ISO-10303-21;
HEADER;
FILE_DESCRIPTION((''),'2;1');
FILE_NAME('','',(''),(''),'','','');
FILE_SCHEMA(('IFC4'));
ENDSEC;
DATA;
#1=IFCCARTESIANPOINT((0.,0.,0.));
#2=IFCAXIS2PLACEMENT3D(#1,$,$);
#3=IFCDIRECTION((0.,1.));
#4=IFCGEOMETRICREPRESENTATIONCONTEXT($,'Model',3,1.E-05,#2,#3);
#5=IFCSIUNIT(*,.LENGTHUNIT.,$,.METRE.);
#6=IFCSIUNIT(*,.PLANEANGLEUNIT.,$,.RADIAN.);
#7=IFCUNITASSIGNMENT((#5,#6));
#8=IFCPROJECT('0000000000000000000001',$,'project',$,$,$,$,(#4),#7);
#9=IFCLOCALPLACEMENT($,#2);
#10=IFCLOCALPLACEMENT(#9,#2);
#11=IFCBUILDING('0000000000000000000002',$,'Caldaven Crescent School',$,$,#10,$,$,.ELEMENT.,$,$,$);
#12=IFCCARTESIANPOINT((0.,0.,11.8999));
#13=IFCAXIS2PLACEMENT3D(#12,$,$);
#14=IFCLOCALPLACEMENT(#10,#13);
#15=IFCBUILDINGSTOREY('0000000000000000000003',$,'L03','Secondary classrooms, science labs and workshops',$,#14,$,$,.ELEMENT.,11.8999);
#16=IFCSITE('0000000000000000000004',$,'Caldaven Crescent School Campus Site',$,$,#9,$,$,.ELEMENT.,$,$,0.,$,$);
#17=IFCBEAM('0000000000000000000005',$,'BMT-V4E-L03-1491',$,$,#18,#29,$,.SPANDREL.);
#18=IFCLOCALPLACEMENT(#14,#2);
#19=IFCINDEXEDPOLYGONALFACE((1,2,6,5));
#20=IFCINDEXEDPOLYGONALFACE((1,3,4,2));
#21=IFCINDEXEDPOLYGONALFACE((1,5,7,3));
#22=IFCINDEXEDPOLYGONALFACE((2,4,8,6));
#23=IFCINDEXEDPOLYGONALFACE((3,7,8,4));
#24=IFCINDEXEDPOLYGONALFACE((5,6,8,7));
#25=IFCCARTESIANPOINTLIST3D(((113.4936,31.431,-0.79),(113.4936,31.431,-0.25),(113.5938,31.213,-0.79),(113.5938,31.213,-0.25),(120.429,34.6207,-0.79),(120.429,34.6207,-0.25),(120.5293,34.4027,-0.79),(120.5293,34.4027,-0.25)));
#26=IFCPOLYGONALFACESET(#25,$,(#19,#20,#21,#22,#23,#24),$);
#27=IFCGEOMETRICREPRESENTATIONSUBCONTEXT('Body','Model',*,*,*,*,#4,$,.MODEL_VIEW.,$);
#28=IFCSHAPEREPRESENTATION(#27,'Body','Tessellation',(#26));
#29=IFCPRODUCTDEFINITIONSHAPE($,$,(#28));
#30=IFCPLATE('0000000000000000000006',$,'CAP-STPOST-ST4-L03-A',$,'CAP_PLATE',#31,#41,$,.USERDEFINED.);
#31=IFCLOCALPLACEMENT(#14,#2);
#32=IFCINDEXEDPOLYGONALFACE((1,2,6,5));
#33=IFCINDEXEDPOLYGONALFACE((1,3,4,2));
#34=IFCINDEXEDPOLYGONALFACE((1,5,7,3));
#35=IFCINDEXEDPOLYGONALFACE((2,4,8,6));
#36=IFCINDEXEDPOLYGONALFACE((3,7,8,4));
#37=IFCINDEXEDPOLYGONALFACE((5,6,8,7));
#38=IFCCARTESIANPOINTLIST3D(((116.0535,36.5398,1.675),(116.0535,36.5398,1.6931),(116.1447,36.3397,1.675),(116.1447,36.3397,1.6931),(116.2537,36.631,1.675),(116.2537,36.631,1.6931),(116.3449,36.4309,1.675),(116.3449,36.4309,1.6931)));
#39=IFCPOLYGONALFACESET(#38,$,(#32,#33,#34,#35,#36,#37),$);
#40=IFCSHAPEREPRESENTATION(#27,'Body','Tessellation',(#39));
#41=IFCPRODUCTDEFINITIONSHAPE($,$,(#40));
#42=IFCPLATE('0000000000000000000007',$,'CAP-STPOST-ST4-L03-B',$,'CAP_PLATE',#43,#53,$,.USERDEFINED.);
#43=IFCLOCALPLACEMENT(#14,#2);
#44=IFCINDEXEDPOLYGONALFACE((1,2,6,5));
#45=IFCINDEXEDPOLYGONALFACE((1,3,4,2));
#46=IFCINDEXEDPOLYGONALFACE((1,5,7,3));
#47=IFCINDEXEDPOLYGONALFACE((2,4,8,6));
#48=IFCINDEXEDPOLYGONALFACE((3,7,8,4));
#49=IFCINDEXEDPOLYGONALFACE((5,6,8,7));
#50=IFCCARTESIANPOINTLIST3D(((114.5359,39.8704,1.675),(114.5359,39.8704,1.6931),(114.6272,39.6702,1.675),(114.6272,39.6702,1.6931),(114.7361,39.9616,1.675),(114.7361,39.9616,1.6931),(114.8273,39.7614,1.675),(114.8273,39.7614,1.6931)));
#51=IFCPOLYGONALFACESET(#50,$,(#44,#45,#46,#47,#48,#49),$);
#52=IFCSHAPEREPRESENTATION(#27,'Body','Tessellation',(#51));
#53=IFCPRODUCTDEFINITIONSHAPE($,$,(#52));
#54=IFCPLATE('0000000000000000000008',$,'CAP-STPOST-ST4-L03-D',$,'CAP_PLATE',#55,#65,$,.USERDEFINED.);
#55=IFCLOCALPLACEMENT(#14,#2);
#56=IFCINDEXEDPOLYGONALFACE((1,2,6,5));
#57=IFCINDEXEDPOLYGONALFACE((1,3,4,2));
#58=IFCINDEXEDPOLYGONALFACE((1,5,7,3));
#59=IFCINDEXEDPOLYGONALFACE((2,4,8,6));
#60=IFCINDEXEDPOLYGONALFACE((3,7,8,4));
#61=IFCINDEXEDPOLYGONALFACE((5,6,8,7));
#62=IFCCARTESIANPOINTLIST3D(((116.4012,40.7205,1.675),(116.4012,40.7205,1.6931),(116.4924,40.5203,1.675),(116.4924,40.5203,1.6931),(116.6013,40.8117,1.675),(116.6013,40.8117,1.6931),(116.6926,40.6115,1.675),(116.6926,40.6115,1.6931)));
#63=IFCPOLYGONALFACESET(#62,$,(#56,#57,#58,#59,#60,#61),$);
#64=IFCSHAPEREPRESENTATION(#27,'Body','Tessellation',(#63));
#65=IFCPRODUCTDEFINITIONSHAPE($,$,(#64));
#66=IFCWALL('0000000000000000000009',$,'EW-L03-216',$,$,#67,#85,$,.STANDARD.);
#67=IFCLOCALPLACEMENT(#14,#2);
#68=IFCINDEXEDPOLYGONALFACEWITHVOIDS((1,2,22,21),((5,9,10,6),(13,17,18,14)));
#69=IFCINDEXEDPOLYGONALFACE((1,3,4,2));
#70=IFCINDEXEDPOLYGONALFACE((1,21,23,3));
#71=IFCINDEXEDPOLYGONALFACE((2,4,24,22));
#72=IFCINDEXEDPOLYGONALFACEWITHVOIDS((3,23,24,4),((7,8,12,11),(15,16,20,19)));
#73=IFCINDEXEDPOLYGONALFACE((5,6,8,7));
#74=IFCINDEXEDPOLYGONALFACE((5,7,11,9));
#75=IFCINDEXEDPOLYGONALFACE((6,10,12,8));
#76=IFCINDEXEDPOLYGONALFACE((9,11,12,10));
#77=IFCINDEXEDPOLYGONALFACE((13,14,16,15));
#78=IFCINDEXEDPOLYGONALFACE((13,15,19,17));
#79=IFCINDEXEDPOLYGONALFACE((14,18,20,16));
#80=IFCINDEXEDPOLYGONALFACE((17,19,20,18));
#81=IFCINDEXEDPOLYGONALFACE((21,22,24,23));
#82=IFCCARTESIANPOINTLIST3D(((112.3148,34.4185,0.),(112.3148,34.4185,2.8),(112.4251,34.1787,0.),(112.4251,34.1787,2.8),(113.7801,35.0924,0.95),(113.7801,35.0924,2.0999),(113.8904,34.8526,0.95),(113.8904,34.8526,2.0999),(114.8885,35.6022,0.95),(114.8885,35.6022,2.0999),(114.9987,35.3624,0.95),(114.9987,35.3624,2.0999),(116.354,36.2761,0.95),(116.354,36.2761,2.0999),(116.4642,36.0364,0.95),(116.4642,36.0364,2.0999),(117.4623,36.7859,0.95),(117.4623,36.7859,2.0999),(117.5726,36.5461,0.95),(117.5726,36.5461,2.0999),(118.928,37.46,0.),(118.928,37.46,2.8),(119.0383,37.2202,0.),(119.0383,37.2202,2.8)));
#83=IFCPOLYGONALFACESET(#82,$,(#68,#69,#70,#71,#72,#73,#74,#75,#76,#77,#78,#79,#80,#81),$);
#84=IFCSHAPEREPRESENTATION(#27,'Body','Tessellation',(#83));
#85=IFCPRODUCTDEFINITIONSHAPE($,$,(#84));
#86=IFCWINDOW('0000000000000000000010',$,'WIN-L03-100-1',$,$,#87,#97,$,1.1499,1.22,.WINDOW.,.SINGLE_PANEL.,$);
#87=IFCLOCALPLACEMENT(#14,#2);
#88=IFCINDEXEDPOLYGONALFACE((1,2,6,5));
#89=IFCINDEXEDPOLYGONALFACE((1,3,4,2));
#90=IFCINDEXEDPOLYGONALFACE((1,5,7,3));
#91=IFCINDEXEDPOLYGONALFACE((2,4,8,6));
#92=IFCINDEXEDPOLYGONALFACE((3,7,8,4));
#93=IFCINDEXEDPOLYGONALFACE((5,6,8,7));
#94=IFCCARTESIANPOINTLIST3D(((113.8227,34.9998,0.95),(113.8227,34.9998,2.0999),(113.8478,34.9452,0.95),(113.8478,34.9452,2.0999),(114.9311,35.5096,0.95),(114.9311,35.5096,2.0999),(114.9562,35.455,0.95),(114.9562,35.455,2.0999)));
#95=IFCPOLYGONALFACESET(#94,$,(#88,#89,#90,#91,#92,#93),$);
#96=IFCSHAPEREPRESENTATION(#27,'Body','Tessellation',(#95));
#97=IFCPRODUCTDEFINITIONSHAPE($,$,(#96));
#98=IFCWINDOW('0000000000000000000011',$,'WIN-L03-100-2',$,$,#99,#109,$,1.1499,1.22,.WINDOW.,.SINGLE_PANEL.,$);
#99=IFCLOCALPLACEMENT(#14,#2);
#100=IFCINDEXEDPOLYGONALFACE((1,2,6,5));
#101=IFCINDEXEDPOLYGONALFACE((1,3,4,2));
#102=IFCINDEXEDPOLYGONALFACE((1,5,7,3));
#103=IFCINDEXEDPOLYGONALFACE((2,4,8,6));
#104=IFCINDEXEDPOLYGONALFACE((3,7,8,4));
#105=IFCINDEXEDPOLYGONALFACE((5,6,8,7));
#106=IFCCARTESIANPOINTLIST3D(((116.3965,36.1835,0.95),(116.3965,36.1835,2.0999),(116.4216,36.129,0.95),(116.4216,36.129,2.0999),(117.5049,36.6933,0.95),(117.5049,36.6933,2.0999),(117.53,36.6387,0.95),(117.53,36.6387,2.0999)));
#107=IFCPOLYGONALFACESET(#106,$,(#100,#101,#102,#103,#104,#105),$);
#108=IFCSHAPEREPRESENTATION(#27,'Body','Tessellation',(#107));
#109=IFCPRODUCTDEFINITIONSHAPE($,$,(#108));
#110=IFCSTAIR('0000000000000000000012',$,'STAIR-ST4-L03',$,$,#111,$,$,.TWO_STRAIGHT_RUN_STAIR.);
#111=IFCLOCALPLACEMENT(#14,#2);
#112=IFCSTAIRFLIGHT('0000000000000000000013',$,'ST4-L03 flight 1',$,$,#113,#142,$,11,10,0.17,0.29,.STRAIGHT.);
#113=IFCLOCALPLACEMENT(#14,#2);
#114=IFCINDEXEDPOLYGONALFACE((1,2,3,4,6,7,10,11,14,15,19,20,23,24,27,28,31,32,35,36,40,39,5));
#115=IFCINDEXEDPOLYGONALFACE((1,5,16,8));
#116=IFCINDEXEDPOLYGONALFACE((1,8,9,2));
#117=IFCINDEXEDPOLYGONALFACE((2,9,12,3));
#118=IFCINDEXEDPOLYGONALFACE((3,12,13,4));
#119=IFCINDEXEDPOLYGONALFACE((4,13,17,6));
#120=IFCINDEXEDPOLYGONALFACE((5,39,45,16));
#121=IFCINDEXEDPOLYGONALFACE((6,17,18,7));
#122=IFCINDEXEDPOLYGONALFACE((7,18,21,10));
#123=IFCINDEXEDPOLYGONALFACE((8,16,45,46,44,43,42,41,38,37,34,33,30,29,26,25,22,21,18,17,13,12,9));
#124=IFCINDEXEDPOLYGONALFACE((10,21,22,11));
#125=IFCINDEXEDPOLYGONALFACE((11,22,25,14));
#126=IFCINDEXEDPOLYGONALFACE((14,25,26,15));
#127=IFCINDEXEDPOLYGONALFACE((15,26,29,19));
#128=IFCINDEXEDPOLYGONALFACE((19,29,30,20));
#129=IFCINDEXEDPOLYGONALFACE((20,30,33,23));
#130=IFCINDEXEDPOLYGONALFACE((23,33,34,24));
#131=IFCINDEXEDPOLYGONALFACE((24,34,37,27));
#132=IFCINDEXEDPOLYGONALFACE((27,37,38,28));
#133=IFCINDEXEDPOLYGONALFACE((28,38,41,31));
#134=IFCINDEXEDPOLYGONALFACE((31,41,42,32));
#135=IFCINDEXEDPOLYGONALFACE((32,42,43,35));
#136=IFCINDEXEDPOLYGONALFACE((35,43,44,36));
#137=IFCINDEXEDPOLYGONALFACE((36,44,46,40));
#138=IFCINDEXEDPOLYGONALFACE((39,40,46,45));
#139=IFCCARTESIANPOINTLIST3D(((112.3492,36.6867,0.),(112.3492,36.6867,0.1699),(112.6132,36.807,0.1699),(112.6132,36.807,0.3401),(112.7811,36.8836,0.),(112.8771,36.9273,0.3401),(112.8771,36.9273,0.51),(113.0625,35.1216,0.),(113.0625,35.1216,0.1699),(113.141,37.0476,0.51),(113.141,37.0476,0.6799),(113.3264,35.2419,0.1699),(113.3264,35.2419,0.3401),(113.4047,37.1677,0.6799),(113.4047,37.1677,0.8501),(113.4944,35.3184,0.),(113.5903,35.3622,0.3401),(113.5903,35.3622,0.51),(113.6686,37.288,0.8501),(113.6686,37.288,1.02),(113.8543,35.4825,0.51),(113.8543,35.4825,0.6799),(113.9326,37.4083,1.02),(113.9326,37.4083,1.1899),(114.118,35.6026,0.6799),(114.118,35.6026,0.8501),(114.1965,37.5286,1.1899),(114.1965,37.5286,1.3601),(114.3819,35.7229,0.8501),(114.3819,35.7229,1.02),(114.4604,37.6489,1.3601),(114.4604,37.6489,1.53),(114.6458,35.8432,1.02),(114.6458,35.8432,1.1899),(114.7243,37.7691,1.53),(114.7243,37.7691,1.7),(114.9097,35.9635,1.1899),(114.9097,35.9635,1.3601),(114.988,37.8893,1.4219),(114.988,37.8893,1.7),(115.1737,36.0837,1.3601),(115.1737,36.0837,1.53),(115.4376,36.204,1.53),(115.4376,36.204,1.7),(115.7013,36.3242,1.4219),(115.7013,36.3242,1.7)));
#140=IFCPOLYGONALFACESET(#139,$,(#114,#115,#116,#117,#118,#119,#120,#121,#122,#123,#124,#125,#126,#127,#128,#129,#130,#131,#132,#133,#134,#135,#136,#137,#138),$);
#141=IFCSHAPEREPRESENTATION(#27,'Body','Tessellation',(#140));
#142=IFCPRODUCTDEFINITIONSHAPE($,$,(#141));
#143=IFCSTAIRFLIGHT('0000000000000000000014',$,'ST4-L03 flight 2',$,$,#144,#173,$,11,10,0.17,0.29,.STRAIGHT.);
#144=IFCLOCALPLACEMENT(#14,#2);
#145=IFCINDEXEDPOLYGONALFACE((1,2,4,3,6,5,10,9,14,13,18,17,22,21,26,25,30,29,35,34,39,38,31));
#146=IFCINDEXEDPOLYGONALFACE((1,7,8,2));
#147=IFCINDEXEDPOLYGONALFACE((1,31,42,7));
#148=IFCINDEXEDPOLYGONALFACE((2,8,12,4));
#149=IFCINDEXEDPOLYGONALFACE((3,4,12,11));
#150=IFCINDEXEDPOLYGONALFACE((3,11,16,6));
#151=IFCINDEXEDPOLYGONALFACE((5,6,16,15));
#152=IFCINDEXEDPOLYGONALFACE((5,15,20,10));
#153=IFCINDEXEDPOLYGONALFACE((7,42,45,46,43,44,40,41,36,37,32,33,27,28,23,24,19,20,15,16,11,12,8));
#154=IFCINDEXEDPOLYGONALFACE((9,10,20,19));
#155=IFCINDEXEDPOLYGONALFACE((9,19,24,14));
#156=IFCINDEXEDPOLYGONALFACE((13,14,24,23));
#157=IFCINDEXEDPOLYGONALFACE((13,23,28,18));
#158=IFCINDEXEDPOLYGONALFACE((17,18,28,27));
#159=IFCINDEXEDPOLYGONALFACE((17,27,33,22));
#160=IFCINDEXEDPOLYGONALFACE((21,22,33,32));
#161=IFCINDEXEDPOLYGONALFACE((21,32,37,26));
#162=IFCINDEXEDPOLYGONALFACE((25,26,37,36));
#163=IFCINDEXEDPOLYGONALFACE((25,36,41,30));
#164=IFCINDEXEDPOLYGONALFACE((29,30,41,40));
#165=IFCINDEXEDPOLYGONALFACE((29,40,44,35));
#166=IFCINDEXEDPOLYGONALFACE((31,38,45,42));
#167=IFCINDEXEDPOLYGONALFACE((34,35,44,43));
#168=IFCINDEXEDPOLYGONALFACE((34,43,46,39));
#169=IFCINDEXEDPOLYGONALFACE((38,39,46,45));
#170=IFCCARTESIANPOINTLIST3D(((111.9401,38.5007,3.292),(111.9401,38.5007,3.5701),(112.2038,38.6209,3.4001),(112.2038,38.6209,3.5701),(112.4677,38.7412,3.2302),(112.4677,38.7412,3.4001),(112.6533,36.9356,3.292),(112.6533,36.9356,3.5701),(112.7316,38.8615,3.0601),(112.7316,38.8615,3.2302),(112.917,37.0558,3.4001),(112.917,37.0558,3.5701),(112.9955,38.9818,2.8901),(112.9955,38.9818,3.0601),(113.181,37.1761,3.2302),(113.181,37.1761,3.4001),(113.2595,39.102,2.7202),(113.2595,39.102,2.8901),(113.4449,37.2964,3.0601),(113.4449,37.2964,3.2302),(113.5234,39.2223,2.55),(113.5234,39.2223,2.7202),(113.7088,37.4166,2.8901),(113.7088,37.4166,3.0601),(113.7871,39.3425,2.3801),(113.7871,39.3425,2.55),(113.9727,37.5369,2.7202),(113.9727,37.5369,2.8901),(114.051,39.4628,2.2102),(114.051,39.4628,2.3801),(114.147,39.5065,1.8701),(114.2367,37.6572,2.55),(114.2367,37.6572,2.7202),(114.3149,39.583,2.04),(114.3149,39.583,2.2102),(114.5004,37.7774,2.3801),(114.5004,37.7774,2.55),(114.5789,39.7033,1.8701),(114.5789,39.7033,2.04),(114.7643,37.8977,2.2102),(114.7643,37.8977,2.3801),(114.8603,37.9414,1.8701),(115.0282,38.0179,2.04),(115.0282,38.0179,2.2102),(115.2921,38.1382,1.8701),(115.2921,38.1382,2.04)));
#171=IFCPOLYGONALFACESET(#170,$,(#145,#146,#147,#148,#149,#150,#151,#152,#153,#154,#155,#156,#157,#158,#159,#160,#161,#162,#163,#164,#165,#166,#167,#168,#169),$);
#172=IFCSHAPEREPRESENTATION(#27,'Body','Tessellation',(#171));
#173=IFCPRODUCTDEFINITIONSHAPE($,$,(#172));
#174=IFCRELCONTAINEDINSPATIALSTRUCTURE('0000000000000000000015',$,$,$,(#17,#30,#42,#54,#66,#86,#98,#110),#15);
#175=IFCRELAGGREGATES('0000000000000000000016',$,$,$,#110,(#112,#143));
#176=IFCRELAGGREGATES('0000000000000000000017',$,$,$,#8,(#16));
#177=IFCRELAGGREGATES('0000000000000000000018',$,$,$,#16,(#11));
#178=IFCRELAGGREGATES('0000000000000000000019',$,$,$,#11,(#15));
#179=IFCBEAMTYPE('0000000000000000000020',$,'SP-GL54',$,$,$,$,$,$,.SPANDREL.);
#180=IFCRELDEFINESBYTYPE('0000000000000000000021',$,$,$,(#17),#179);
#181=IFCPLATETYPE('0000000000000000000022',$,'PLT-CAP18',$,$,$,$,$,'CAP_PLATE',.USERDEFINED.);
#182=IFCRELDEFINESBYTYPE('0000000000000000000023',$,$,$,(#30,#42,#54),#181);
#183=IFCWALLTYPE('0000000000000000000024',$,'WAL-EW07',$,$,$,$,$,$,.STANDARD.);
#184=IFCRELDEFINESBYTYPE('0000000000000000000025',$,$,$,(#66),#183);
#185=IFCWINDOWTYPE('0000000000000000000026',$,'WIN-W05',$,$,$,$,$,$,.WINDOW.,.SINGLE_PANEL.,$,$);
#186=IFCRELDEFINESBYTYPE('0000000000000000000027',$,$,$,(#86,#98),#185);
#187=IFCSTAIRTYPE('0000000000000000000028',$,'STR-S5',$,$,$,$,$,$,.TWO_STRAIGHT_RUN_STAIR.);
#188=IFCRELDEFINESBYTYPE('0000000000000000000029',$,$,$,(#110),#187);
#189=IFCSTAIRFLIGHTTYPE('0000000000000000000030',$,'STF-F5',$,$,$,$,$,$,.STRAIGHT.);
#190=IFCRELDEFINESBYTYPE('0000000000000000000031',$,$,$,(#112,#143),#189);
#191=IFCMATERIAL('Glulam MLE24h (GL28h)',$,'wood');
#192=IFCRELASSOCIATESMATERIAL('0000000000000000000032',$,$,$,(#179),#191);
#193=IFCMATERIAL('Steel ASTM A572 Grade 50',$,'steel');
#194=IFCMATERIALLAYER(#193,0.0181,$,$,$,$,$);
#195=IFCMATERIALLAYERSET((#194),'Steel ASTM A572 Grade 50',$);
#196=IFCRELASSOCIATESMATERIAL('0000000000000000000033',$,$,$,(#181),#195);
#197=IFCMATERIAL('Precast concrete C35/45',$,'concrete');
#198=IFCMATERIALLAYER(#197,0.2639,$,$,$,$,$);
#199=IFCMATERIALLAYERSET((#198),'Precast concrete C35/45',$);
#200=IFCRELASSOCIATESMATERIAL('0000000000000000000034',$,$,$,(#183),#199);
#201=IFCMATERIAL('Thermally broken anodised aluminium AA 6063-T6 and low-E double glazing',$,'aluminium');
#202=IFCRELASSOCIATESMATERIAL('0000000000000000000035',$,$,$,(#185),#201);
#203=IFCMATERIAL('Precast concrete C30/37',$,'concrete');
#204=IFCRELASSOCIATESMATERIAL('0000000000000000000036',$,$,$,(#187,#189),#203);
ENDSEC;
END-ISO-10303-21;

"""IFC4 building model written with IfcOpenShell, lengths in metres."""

from ifc_helpers import new_model, si_unit, direction, frame, frame_2d, origin, origin_2d, place, context, subcontext, project, spatial, polyline, rectangle, outline, extrude, material, layer, layer_set, material_profile, profile_set, type_object, element, fill, aggregate, save


model = new_model("IFC4")

# Units and contexts
model_context = context("Model", 3, precision=1e-05, world=origin(), true_north=direction((0.0, 1.0)))
body_context = subcontext(model_context, "Body", "Model", "MODEL_VIEW")
ifc_project = project(units=[si_unit("LENGTHUNIT", "METRE"), si_unit("PLANEANGLEUNIT", "RADIAN")], contexts=[model_context])

# Site, building, storey
site_placement = place(None, origin())
site = spatial("IfcSite", under=ifc_project, at=site_placement, Name="Caldaven Crescent School Campus Site", CompositionType="ELEMENT", RefElevation=0.0)
building_placement = place(site_placement, origin())
building = spatial("IfcBuilding", under=site, at=building_placement, Name="Caldaven Crescent School", CompositionType="ELEMENT")
storey_placement = place(building_placement, frame((0.0, 0.0, 11.8999)))
storey = spatial("IfcBuildingStorey", under=building, at=storey_placement, Name="L03", Description="Secondary classrooms, science labs and workshops", CompositionType="ELEMENT", Elevation=11.8999)

# Shared definitions
ifc_material_1 = material(Name="Glulam MLE24h (GL28h)", Category="wood")
ifc_material_2 = material(Name="Steel ASTM A572 Grade 50", Category="steel")

# Beam
ifc_material_profile_1 = material_profile(ifc_material_1, rectangle(XDim=0.24, YDim=0.54, at=origin_2d()), Name="MLE 240x540")
ifc_profile_set_1 = profile_set([ifc_material_profile_1], Name="Glulam MLE24h (GL28h)")
beam_type_1 = type_object("IfcBeamType", Name="SP-GL54", PredefinedType="SPANDREL", material=ifc_profile_set_1)
beam_1_placement = place(storey_placement, frame((113.5437, 31.322, -0.52), z_axis=(0.908523, 0.417835, 0.0), x_axis=(-0.417835, 0.908523, 0.0)))
element("IfcBeam", 1, at=beam_1_placement, inside=storey, type_object=beam_type_1, Name="BMT-V4E-L03-1491", PredefinedType="SPANDREL", context=body_context, shape_type="SweptSolid", body=[
    extrude(rectangle(XDim=0.24, YDim=0.54, at=origin_2d()), origin(), (0.0, 0.0, 1.0), 7.6338),
])

# Plates
ifc_layer_1 = layer(ifc_material_2, 0.0181)
ifc_layer_set_1 = layer_set([ifc_layer_1], Name="Steel ASTM A572 Grade 50")
plate_type = type_object("IfcPlateType", Name="PLT-CAP18", ElementType="CAP_PLATE", PredefinedType="USERDEFINED", material=ifc_layer_set_1)
for number, where, z_axis, x_axis, name in (
    (2, (116.1992, 36.4854, 1.675), (0.0, 0.0, 1.0), (0.909961, 0.414693, 0.0), "CAP-STPOST-ST4-L03-A"),
    (3, (114.6816, 39.8159, 1.675), (0.0, 0.0, 1.0), (0.909961, 0.414693, 0.0), "CAP-STPOST-ST4-L03-B"),
    (4, (116.5469, 40.666, 1.675), (0.0, 0.0, 1.0), (0.909961, 0.414693, 0.0), "CAP-STPOST-ST4-L03-D"),
):
    element("IfcPlate", number, at=place(storey_placement, frame(where, z_axis=z_axis, x_axis=x_axis)), inside=storey, type_object=plate_type, Name=name, ObjectType="CAP_PLATE", PredefinedType="USERDEFINED", context=body_context, shape_type="SweptSolid", body=[
        extrude(rectangle(XDim=0.22, YDim=0.22, at=origin_2d()), origin(), (0.0, 0.0, 1.0), 0.0181),
    ])

# Wall, openings, windows
ifc_material_3 = material(Name="Precast concrete C35/45", Category="concrete")
ifc_layer_2 = layer(ifc_material_3, 0.2639)
ifc_layer_set_2 = layer_set([ifc_layer_2], Name="Precast concrete C35/45")
wall_type = type_object("IfcWallType", Name="WAL-EW07", PredefinedType="STANDARD", material=ifc_layer_set_2)
wall_placement = place(storey_placement, frame((112.3699, 34.2986, 0.0), z_axis=(0.0, 0.0, 1.0), x_axis=(0.908522, 0.417837, 0.0)))
wall = element("IfcWall", 5, at=wall_placement, inside=storey, type_object=wall_type, Name="EW-L03-216", PredefinedType="STANDARD", context=body_context, shape_type="SweptSolid", body=[
    extrude(rectangle(XDim=7.2791, YDim=0.2639, at=frame_2d((3.6396, 0.0))), origin(), (0.0, 0.0, 1.0), 2.8),
])
opening_1_placement = place(wall_placement, frame((1.613, 0.0, 0.95)))
opening_1 = element("IfcOpeningElement", 6, at=opening_1_placement, cuts=wall, PredefinedType="OPENING", context=body_context, shape_type="SweptSolid", body=[
    extrude(rectangle(XDim=1.22, YDim=1.1499, at=frame_2d((0.6099, 0.575))), frame((0.0, 0.1418, 0.0), z_axis=(0.0, -1.0, 0.0), x_axis=(1.0, 0.0, 0.0)), (0.0, 0.0, 1.0), 0.2839),
])
opening_2_placement = place(wall_placement, frame((4.446, 0.0, 0.95)))
opening_2 = element("IfcOpeningElement", 7, at=opening_2_placement, cuts=wall, PredefinedType="OPENING", context=body_context, shape_type="SweptSolid", body=[
    extrude(rectangle(XDim=1.22, YDim=1.1499, at=frame_2d((0.6099, 0.575))), frame((0.0, 0.1418, 0.0), z_axis=(0.0, -1.0, 0.0), x_axis=(1.0, 0.0, 0.0)), (0.0, 0.0, 1.0), 0.2839),
])
ifc_material_4 = material(Name="Thermally broken anodised aluminium AA 6063-T6 and low-E double glazing", Category="aluminium")
window_type = type_object("IfcWindowType", Name="WIN-W05", PartitioningType="SINGLE_PANEL", PredefinedType="WINDOW", material=ifc_material_4)
window_1_placement = place(opening_1_placement, origin())
window_1 = element("IfcWindow", 8, at=window_1_placement, inside=storey, type_object=window_type, Name="WIN-L03-100-1", OverallHeight=1.1499, OverallWidth=1.22, PartitioningType="SINGLE_PANEL", PredefinedType="WINDOW", context=body_context, shape_type="SweptSolid", body=[
    extrude(rectangle(XDim=1.22, YDim=1.1499, at=frame_2d((0.6099, 0.575))), frame((0.0, 0.03, 0.0), z_axis=(0.0, -1.0, 0.0), x_axis=(1.0, 0.0, 0.0)), (0.0, 0.0, 1.0), 0.0601),
])
fill(opening_1, window_1)
window_2_placement = place(opening_2_placement, origin())
window_2 = element("IfcWindow", 9, at=window_2_placement, inside=storey, type_object=window_type, Name="WIN-L03-100-2", OverallHeight=1.1499, OverallWidth=1.22, PartitioningType="SINGLE_PANEL", PredefinedType="WINDOW", context=body_context, shape_type="SweptSolid", body=[
    extrude(rectangle(XDim=1.22, YDim=1.1499, at=frame_2d((0.6099, 0.575))), frame((0.0, 0.03, 0.0), z_axis=(0.0, -1.0, 0.0), x_axis=(1.0, 0.0, 0.0)), (0.0, 0.0, 1.0), 0.0601),
])
fill(opening_2, window_2)

# Stair, stair flights
ifc_material_5 = material(Name="Precast concrete C30/37", Category="concrete")
stair_type = type_object("IfcStairType", Name="STR-S5", PredefinedType="TWO_STRAIGHT_RUN_STAIR", material=ifc_material_5)
stair_placement = place(storey_placement, origin())
stair = element("IfcStair", 10, at=stair_placement, inside=storey, type_object=stair_type, Name="STAIR-ST4-L03", PredefinedType="TWO_STRAIGHT_RUN_STAIR")
stair_flight_type = type_object("IfcStairFlightType", Name="STF-F5", PredefinedType="STRAIGHT", material=ifc_material_5)
stair_flight_1_placement = place(storey_placement, frame((112.7058, 35.9043, 0.0), z_axis=(0.0, 0.0, 1.0), x_axis=(0.909961, 0.414693, 0.0)))
stair_flight_1 = element("IfcStairFlight", 11, at=stair_flight_1_placement, type_object=stair_flight_type, Name="ST4-L03 flight 1", NumberOfRisers=11, NumberOfTreads=10, PredefinedType="STRAIGHT", RiserHeight=0.17, TreadLength=0.29, context=body_context, shape_type="SweptSolid", body=[
    extrude(outline(polyline([(0.0, 0.0), (0.0, 0.1699), (0.29, 0.1699), (0.29, 0.3401), (0.5801, 0.3401), (0.5801, 0.51), (0.8701, 0.51), (0.8701, 0.6799), (1.1599, 0.6799), (1.1599, 0.8501), (1.45, 0.8501), (1.45, 1.02), (1.74, 1.02), (1.74, 1.1899), (2.03, 1.1899), (2.03, 1.3601), (2.3201, 1.3601), (2.3201, 1.53), (2.6101, 1.53), (2.6101, 1.7), (2.8999, 1.7), (2.8999, 1.8701), (2.8999, 1.4219), (0.4746, 0.0), (0.0, 0.0)])), frame((0.0, 0.8599, 0.0), z_axis=(0.0, -1.0, 0.0), x_axis=(1.0, 0.0, 0.0)), (0.0, 0.0, 1.0), 1.72),
])
stair_flight_2_placement = place(storey_placement, frame((114.9355, 38.9207, 1.8701), z_axis=(0.0, 0.0, 1.0), x_axis=(-0.909961, -0.414693, 0.0)))
stair_flight_2 = element("IfcStairFlight", 12, at=stair_flight_2_placement, type_object=stair_flight_type, Name="ST4-L03 flight 2", NumberOfRisers=11, NumberOfTreads=10, PredefinedType="STRAIGHT", RiserHeight=0.17, TreadLength=0.29, context=body_context, shape_type="SweptSolid", body=[
    extrude(outline(polyline([(0.0, 0.0), (0.0, 0.1699), (0.29, 0.1699), (0.29, 0.3401), (0.5801, 0.3401), (0.5801, 0.51), (0.8701, 0.51), (0.8701, 0.6799), (1.1599, 0.6799), (1.1599, 0.8501), (1.45, 0.8501), (1.45, 1.02), (1.74, 1.02), (1.74, 1.1899), (2.03, 1.1899), (2.03, 1.3601), (2.3201, 1.3601), (2.3201, 1.53), (2.6101, 1.53), (2.6101, 1.7), (2.8999, 1.7), (2.8999, 1.8701), (2.8999, 1.4219), (0.4746, 0.0), (0.0, 0.0)])), frame((0.0, 0.8599, 0.0), z_axis=(0.0, -1.0, 0.0), x_axis=(1.0, 0.0, 0.0)), (0.0, 0.0, 1.0), 1.72),
])
aggregate(stair, [stair_flight_1, stair_flight_2])

save(model, "model.ifc")
